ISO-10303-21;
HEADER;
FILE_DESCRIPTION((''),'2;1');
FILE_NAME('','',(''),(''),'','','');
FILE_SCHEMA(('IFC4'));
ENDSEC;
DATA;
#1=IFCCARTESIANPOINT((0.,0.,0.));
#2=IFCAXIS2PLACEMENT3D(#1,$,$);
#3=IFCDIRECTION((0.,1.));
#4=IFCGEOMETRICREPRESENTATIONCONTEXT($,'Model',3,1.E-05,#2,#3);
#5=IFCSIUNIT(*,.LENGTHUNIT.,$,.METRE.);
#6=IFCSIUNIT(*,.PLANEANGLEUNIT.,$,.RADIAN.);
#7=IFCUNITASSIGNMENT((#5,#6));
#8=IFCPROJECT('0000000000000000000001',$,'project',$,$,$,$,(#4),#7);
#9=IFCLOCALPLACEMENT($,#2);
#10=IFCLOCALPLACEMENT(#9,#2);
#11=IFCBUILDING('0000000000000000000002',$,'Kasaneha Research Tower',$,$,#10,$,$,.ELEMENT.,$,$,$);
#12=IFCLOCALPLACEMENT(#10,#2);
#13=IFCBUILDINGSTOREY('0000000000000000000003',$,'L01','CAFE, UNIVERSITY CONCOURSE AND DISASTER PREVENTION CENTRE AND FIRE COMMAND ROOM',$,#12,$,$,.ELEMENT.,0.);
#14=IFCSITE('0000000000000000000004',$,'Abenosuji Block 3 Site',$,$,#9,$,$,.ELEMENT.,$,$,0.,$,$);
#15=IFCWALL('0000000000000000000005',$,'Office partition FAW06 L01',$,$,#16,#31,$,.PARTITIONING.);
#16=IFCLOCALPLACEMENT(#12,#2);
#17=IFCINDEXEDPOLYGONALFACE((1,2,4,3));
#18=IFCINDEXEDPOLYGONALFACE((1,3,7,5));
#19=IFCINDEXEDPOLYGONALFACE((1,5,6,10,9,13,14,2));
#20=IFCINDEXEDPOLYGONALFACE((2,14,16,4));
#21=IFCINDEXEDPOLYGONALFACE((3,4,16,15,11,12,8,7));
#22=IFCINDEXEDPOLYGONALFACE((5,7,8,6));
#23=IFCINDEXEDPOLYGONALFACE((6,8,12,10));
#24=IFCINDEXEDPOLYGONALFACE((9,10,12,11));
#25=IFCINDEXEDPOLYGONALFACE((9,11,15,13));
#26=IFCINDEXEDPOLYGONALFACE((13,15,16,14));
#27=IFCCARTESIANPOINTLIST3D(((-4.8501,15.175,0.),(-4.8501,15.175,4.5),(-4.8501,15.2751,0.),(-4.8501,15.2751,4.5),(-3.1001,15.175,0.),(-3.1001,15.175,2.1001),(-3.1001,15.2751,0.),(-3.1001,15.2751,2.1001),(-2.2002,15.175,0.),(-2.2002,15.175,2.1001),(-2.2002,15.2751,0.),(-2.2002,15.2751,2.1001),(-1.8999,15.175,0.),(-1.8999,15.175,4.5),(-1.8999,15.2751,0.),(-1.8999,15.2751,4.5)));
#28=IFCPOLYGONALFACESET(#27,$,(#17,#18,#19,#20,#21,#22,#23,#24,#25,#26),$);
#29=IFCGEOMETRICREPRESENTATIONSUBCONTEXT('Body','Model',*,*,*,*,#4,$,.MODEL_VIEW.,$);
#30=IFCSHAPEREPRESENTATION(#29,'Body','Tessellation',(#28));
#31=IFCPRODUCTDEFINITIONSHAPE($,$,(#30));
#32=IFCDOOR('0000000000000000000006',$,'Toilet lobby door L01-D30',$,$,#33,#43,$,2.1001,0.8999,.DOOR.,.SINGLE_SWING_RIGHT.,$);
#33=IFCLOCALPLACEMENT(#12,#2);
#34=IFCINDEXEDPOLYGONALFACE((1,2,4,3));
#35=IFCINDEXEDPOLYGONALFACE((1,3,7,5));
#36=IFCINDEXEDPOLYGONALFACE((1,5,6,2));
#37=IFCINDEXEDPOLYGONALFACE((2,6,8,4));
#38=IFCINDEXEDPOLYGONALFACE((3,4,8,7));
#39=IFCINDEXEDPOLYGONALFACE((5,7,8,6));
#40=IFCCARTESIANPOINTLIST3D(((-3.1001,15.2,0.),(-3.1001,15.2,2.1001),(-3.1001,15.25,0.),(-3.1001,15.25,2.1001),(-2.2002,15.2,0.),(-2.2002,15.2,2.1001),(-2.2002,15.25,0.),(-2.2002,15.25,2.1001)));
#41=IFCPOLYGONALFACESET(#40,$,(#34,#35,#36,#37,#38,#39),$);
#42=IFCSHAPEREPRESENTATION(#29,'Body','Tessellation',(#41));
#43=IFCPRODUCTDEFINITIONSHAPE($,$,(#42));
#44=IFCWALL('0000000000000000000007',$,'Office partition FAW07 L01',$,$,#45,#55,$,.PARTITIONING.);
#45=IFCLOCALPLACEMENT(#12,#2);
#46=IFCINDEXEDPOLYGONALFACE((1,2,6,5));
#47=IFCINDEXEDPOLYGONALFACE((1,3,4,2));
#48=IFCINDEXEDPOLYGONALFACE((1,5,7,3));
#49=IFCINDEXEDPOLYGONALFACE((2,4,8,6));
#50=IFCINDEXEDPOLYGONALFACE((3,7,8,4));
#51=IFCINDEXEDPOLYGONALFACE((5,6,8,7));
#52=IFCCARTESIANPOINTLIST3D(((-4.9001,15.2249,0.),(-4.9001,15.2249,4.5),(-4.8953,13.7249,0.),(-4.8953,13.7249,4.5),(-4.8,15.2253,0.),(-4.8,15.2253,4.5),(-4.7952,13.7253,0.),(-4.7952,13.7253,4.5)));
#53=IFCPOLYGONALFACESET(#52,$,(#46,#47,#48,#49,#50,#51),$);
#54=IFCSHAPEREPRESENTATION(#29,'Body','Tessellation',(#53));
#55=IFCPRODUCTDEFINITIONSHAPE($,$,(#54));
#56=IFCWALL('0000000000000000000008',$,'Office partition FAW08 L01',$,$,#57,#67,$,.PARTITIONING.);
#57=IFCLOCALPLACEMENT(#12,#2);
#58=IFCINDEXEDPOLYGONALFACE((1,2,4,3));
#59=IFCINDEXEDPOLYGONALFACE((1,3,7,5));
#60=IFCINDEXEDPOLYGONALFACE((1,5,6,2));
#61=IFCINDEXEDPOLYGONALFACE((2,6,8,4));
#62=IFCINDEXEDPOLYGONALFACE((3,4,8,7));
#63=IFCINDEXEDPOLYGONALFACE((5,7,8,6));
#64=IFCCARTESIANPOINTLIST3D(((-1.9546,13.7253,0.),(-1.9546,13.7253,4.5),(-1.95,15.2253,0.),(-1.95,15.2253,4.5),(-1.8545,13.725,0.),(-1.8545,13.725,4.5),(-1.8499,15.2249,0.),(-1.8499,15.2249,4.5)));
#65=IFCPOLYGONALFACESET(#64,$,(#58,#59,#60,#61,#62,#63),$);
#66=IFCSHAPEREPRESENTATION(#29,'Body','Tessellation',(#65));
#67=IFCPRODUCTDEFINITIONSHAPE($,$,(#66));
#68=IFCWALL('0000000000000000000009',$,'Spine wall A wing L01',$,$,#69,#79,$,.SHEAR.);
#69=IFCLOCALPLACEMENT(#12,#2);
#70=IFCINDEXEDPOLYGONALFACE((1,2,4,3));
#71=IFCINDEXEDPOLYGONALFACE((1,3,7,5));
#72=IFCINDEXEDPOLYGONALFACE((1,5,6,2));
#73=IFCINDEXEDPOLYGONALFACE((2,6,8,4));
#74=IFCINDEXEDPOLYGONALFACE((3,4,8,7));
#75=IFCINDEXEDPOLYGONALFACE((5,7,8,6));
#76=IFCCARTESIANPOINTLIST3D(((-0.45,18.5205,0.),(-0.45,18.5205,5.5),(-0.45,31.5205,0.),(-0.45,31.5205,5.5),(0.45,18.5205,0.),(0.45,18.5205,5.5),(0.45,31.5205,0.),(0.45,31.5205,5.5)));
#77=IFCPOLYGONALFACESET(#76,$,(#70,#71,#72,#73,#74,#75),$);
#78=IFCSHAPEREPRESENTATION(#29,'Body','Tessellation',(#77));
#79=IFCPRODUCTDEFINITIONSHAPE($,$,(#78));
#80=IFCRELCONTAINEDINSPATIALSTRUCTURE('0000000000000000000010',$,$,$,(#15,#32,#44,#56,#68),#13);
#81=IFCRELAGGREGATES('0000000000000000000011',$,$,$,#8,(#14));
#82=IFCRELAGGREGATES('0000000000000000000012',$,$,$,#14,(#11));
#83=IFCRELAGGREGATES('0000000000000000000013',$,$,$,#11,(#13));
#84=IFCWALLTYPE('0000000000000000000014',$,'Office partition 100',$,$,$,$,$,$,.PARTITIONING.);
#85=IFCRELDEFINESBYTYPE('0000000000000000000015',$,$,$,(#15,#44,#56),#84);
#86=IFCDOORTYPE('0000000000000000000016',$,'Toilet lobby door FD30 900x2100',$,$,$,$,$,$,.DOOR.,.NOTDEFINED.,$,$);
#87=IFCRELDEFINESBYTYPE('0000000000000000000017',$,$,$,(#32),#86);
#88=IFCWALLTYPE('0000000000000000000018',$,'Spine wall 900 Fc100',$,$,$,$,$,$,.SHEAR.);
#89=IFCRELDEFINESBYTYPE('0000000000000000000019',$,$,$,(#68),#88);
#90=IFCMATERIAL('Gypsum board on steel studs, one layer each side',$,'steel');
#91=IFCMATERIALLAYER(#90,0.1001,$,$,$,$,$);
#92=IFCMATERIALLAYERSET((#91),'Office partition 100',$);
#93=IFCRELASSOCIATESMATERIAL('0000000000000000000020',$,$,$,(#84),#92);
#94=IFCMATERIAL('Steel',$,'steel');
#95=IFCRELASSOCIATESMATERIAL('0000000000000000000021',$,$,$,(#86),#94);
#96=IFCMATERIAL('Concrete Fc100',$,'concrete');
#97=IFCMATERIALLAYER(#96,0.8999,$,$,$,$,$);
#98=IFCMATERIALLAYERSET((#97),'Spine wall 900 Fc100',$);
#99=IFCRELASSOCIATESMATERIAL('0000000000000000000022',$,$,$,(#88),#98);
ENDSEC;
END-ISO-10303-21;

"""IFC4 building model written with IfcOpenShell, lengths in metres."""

from ifc_helpers import new_model, si_unit, direction, frame, frame_2d, origin, place, context, subcontext, project, spatial, rectangle, extrude, material, layer, layer_set, type_object, element, fill, save


model = new_model("IFC4")

# Units and contexts
model_context = context("Model", 3, precision=1e-05, world=origin(), true_north=direction((0.0, 1.0)))
body_context = subcontext(model_context, "Body", "Model", "MODEL_VIEW")
ifc_project = project(units=[si_unit("LENGTHUNIT", "METRE"), si_unit("PLANEANGLEUNIT", "RADIAN")], contexts=[model_context])

# Site, building, storey
site_placement = place(None, origin())
site = spatial("IfcSite", under=ifc_project, at=site_placement, Name="Abenosuji Block 3 Site", CompositionType="ELEMENT", RefElevation=0.0)
building_placement = place(site_placement, origin())
building = spatial("IfcBuilding", under=site, at=building_placement, Name="Kasaneha Research Tower", CompositionType="ELEMENT")
storey_placement = place(building_placement, origin())
storey = spatial("IfcBuildingStorey", under=building, at=storey_placement, Name="L01", Description="CAFE, UNIVERSITY CONCOURSE AND DISASTER PREVENTION CENTRE AND FIRE COMMAND ROOM", CompositionType="ELEMENT", Elevation=0.0)

# Shared definitions
ifc_material_1 = material(Name="Gypsum board on steel studs, one layer each side", Category="steel")
ifc_layer_1 = layer(ifc_material_1, 0.1001)
ifc_layer_set_1 = layer_set([ifc_layer_1], Name="Office partition 100")
wall_type_1 = type_object("IfcWallType", Name="Office partition 100", PredefinedType="PARTITIONING", material=ifc_layer_set_1)
ifc_material_2 = material(Name="Steel", Category="steel")
door_type_1 = type_object("IfcDoorType", Name="Toilet lobby door FD30 900x2100", OperationType="NOTDEFINED", PredefinedType="DOOR", material=ifc_material_2)

# Wall, opening, door
wall_1_placement = place(storey_placement, frame((-4.8501, 15.2251, 0.0), z_axis=(0.0, 0.0, 1.0), x_axis=(1.0, 0.0, 0.0)))
wall_1 = element("IfcWall", 1, at=wall_1_placement, inside=storey, type_object=wall_type_1, Name="Office partition FAW06 L01", PredefinedType="PARTITIONING", context=body_context, shape_type="SweptSolid", body=[
    extrude(rectangle(XDim=2.9502, YDim=0.1001, at=frame_2d((1.4751, 0.0))), origin(), (0.0, 0.0, 1.0), 4.5),
])
opening_1_placement = place(wall_1_placement, frame((1.75, 0.0, 0.0)))
opening_1 = element("IfcOpeningElement", 2, at=opening_1_placement, cuts=wall_1, PredefinedType="OPENING", context=body_context, shape_type="SweptSolid", body=[
    extrude(rectangle(XDim=0.8999, YDim=2.1001, at=frame_2d((0.45, 1.05))), frame((0.0, 0.0601, 0.0), z_axis=(0.0, -1.0, 0.0), x_axis=(1.0, 0.0, 0.0)), (0.0, 0.0, 1.0), 0.1201),
])
door_1_placement = place(opening_1_placement, origin())
door_1 = element("IfcDoor", 3, at=door_1_placement, inside=storey, type_object=door_type_1, Name="Toilet lobby door L01-D30", OperationType="SINGLE_SWING_RIGHT", OverallHeight=2.1001, OverallWidth=0.8999, PredefinedType="DOOR", context=body_context, shape_type="SweptSolid", body=[
    extrude(rectangle(XDim=0.8999, YDim=2.1001, at=frame_2d((0.45, 1.05))), frame((0.0, 0.0249, 0.0), z_axis=(0.0, -1.0, 0.0), x_axis=(1.0, 0.0, 0.0)), (0.0, 0.0, 1.0), 0.05),
])
fill(opening_1, door_1)

# Walls
for number, where, z_axis, x_axis, name in (
    (4, (-4.8452, 13.7251, 0.0), (0.0, 0.0, 1.0), (-0.003255, 0.999995, 0.0), "Office partition FAW07 L01"),
    (5, (-1.8999, 15.2251, 0.0), (0.0, 0.0, 1.0), (-0.003092, -0.999995, 0.0), "Office partition FAW08 L01"),
):
    element("IfcWall", number, at=place(storey_placement, frame(where, z_axis=z_axis, x_axis=x_axis)), inside=storey, type_object=wall_type_1, Name=name, PredefinedType="PARTITIONING", context=body_context, shape_type="SweptSolid", body=[
        extrude(rectangle(XDim=1.5, YDim=0.1001, at=frame_2d((0.75, 0.0))), origin(), (0.0, 0.0, 1.0), 4.5),
    ])
ifc_material_3 = material(Name="Concrete Fc100", Category="concrete")
ifc_layer_2 = layer(ifc_material_3, 0.8999)
ifc_layer_set_2 = layer_set([ifc_layer_2], Name="Spine wall 900 Fc100")
wall_type_2 = type_object("IfcWallType", Name="Spine wall 900 Fc100", PredefinedType="SHEAR", material=ifc_layer_set_2)
wall_2_placement = place(storey_placement, frame((0.0, 18.5205, 0.0), z_axis=(0.0, 0.0, 1.0), x_axis=(0.0, 1.0, 0.0)))
element("IfcWall", 6, at=wall_2_placement, inside=storey, type_object=wall_type_2, Name="Spine wall A wing L01", PredefinedType="SHEAR", context=body_context, shape_type="SweptSolid", body=[
    extrude(rectangle(XDim=13.0, YDim=0.8999, at=frame_2d((6.5, 0.0))), origin(), (0.0, 0.0, 1.0), 5.5),
])

save(model, "model.ifc")
